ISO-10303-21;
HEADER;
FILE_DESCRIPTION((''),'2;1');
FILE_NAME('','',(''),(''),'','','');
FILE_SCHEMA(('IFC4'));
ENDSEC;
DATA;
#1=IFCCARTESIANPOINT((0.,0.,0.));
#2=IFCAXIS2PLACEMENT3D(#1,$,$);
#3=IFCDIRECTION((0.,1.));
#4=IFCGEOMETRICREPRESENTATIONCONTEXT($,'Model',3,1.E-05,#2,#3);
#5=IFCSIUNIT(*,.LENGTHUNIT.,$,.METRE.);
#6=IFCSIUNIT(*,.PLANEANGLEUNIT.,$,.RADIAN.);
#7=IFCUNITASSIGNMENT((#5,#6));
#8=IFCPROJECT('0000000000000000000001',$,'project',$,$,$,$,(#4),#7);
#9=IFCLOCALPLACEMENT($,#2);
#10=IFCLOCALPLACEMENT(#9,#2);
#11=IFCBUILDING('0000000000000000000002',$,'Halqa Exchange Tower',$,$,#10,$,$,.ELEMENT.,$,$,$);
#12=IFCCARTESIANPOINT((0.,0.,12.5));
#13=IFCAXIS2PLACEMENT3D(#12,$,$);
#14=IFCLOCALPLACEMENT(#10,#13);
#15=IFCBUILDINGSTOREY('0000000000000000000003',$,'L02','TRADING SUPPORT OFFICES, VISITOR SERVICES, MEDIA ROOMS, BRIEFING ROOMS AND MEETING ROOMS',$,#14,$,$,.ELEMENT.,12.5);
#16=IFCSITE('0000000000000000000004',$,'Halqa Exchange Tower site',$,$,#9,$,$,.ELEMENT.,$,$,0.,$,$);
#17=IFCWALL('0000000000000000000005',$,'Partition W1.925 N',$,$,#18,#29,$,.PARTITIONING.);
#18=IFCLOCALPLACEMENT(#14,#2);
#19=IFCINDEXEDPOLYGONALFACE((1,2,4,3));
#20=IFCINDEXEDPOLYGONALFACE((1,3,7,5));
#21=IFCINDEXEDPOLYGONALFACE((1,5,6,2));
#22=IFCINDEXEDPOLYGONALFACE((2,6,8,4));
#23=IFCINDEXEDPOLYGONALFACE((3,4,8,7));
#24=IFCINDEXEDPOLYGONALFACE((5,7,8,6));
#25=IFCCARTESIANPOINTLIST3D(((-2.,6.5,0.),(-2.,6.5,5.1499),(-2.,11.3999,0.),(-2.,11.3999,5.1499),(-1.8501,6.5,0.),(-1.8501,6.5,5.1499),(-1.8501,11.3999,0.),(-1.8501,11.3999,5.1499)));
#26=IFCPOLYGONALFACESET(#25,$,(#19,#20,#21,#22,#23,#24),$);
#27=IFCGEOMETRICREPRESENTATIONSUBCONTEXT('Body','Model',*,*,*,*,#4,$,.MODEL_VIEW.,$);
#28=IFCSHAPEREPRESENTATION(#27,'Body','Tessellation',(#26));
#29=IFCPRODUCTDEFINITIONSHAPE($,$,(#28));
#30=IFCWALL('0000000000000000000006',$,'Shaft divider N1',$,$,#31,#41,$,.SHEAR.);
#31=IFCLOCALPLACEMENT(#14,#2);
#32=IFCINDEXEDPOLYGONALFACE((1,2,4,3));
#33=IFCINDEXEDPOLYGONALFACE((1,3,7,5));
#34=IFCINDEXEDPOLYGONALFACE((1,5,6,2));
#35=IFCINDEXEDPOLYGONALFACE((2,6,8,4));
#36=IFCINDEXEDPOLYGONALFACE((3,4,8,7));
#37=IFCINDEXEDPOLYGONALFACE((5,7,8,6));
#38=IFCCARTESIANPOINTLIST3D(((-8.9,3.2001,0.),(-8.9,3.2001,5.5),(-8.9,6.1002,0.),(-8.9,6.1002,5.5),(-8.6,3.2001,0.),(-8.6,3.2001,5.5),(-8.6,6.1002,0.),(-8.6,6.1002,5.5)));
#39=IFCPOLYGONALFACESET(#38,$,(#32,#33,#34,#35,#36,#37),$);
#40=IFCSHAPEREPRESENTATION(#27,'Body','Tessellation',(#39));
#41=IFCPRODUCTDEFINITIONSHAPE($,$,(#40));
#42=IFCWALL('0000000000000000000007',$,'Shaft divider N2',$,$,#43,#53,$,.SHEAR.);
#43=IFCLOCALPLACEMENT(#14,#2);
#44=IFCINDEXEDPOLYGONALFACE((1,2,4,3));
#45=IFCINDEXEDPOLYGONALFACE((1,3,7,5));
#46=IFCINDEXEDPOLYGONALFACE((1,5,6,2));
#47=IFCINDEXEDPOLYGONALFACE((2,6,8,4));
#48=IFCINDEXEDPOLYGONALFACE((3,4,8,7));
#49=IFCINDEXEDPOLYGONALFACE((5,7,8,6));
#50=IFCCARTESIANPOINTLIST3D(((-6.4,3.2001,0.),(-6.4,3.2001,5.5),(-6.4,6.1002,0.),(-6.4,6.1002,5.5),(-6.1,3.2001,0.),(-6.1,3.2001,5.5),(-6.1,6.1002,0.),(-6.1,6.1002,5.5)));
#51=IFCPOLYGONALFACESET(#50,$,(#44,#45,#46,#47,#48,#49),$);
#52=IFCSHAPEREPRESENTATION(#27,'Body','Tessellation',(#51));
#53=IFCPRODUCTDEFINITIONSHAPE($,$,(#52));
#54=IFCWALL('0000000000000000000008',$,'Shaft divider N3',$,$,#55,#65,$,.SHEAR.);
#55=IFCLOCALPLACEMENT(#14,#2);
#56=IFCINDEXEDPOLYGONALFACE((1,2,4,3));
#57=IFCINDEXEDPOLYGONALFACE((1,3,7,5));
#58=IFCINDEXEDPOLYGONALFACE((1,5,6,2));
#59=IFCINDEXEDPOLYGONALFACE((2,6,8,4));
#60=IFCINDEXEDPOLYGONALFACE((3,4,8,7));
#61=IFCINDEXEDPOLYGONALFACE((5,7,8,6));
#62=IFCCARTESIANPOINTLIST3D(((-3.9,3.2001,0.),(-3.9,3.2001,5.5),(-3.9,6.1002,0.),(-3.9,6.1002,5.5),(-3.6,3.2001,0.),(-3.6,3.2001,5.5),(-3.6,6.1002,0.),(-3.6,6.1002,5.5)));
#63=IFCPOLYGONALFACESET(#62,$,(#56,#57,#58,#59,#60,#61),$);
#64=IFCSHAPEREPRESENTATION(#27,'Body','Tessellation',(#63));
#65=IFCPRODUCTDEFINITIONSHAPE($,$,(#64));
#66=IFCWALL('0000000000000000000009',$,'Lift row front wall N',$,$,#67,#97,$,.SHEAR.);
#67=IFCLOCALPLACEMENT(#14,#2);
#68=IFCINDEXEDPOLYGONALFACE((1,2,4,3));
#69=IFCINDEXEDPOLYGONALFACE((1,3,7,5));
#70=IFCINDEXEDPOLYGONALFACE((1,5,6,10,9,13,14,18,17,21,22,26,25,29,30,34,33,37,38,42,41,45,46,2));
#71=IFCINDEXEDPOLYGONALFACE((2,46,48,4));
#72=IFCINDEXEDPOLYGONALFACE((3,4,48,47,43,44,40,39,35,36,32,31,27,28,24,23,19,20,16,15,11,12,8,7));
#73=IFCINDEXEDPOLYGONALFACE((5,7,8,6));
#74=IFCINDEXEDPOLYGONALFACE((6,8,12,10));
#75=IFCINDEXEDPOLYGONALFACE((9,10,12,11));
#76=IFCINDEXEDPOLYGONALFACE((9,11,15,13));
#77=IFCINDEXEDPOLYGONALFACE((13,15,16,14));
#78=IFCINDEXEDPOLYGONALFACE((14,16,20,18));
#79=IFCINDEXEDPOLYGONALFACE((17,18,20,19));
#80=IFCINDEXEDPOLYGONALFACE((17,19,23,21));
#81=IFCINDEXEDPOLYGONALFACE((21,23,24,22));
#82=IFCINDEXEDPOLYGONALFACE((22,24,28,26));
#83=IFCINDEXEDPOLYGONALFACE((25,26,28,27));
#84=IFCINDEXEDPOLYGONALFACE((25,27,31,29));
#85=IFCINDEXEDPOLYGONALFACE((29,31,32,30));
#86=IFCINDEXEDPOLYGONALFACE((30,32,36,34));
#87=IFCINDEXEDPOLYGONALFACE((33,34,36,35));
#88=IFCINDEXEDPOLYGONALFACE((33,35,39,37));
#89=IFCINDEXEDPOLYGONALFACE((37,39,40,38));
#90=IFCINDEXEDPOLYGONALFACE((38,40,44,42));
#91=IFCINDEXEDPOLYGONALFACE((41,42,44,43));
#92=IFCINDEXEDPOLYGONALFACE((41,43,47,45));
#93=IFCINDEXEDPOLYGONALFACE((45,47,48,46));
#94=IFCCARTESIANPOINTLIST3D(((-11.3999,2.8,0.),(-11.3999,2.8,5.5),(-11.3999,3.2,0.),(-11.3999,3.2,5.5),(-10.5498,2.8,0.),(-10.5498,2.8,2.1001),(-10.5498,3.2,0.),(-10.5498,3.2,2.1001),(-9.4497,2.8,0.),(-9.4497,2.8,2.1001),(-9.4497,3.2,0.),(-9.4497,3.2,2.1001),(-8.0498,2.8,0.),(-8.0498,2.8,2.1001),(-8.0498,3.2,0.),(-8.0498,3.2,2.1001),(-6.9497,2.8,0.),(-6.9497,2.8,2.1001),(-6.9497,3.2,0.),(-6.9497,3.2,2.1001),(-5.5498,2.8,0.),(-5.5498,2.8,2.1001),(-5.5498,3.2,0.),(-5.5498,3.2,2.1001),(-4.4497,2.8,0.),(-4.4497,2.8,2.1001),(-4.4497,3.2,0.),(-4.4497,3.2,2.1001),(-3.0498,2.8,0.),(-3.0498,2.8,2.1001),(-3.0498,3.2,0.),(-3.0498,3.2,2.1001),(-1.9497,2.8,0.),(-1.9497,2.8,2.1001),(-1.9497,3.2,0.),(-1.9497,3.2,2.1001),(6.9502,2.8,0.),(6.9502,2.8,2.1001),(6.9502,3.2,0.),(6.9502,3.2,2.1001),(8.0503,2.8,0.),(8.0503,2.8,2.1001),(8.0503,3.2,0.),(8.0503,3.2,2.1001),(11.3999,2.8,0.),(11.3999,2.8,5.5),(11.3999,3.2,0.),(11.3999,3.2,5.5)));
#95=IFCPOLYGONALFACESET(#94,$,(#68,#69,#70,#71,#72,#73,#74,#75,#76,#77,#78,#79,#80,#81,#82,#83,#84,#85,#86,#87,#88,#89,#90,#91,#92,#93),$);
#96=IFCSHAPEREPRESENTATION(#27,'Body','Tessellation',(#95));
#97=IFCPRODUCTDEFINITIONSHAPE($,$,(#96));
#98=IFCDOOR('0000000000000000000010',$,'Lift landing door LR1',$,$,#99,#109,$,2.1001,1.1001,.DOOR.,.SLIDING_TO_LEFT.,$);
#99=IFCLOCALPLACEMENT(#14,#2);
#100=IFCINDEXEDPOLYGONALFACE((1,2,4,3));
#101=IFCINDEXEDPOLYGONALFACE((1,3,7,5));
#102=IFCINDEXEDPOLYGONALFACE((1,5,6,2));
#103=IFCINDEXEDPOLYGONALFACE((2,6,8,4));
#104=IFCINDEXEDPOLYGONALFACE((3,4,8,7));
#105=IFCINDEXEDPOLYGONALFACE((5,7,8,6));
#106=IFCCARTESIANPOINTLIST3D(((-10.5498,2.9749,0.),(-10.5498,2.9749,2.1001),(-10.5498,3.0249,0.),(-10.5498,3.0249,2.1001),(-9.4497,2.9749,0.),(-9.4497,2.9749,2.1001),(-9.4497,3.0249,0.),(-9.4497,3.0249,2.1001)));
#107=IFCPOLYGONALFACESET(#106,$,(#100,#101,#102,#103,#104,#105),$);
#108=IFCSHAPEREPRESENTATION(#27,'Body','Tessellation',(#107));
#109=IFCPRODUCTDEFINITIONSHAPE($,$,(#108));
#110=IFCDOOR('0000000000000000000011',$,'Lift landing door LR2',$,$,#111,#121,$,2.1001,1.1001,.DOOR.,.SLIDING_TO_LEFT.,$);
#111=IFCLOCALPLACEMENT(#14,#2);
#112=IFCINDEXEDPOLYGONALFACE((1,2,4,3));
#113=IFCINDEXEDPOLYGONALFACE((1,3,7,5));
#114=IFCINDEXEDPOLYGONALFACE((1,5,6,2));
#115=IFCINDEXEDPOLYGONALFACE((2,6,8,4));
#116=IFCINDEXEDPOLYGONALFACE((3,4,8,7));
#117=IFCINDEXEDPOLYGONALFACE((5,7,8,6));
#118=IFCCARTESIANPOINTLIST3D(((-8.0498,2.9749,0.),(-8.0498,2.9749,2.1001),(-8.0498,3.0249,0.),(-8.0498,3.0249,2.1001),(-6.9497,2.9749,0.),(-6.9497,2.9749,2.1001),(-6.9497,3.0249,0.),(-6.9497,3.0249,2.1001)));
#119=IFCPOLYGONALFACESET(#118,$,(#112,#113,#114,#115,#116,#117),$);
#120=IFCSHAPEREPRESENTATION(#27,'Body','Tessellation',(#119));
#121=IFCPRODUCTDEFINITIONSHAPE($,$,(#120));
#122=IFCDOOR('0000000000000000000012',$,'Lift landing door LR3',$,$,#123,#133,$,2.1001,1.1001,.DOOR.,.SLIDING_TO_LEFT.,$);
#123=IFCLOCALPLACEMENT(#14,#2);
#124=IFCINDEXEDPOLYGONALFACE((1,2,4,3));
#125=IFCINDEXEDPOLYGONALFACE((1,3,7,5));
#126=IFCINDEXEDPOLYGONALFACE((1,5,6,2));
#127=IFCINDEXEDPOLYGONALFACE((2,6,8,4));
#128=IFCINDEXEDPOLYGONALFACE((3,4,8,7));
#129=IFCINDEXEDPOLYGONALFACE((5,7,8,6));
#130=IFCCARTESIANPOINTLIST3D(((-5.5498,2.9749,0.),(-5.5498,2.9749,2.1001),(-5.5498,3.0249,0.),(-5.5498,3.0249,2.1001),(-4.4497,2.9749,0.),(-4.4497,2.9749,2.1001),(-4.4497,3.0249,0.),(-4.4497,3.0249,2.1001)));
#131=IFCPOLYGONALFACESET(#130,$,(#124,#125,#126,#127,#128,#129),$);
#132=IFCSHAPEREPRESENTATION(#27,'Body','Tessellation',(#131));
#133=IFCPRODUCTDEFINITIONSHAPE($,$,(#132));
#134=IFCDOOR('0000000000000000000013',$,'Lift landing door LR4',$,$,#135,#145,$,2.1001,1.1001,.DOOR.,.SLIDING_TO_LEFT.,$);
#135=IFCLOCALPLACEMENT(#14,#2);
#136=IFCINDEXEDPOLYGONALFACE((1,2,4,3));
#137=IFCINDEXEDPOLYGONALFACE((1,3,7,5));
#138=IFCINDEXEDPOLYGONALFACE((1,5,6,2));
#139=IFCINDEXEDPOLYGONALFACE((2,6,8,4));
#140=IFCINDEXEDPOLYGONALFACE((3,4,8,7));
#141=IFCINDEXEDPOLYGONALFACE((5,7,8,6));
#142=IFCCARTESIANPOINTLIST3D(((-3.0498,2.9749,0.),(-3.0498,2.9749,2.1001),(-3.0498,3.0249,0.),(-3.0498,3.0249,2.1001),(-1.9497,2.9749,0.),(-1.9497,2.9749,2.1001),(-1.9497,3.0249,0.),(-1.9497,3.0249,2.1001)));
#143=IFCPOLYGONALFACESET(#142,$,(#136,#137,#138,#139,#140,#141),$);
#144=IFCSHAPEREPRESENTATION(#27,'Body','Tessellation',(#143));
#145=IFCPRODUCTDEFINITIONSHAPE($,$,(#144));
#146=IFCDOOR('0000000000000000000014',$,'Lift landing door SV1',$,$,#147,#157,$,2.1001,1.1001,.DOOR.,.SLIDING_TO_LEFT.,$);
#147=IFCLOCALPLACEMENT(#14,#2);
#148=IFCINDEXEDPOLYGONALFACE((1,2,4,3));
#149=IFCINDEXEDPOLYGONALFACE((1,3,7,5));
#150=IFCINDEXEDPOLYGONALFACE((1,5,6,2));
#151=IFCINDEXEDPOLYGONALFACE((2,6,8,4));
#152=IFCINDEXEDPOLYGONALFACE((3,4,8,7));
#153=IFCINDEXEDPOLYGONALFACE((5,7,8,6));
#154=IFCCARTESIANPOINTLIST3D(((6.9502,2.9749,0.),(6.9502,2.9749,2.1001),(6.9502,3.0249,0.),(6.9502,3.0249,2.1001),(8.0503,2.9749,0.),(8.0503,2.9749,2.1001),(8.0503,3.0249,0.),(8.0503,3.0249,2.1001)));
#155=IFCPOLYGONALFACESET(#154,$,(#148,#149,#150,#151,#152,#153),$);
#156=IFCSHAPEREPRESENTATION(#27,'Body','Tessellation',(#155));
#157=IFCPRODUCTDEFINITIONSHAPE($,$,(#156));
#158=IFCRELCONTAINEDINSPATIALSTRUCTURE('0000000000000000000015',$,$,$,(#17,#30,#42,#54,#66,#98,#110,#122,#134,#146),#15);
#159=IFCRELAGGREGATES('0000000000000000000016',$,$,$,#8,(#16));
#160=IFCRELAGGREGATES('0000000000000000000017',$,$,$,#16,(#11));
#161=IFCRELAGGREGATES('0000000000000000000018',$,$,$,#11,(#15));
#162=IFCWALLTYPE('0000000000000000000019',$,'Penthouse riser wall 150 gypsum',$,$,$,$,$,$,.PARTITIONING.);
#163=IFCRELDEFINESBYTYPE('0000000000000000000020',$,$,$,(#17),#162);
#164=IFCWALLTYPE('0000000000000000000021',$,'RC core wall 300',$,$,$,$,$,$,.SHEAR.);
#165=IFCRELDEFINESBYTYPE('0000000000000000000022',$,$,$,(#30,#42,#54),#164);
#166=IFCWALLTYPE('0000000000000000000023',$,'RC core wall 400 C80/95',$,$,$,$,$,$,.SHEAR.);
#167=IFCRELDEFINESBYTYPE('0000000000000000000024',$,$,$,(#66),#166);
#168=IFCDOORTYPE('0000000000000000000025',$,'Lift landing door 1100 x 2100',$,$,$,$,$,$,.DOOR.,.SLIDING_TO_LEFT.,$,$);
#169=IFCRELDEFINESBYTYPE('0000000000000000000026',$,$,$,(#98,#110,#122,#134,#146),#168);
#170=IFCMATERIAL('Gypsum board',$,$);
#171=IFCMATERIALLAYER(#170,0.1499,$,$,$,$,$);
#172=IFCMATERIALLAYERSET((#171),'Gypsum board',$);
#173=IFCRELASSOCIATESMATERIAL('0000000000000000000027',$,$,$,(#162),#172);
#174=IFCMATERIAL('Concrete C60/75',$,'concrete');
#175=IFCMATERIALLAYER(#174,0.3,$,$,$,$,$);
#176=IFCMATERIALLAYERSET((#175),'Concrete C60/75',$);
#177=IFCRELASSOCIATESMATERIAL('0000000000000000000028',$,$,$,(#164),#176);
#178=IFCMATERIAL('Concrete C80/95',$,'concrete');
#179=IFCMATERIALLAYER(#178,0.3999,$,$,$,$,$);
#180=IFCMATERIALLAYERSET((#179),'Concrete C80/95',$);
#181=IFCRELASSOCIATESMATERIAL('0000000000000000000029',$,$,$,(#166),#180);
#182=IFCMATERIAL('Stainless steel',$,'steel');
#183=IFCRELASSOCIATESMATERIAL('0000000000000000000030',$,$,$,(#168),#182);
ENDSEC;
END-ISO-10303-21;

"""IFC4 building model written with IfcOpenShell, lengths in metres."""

from ifc_helpers import new_model, si_unit, direction, frame, frame_2d, origin, place, context, subcontext, project, spatial, rectangle, extrude, material, layer, layer_set, type_object, element, fill, save


model = new_model("IFC4")

# Units and contexts
model_context = context("Model", 3, precision=1e-05, world=origin(), true_north=direction((0.0, 1.0)))
body_context = subcontext(model_context, "Body", "Model", "MODEL_VIEW")
ifc_project = project(units=[si_unit("LENGTHUNIT", "METRE"), si_unit("PLANEANGLEUNIT", "RADIAN")], contexts=[model_context])

# Site, building, storey
site_placement = place(None, origin())
site = spatial("IfcSite", under=ifc_project, at=site_placement, Name="Halqa Exchange Tower site", CompositionType="ELEMENT", RefElevation=0.0)
building_placement = place(site_placement, origin())
building = spatial("IfcBuilding", under=site, at=building_placement, Name="Halqa Exchange Tower", CompositionType="ELEMENT")
storey_placement = place(building_placement, frame((0.0, 0.0, 12.5)))
storey = spatial("IfcBuildingStorey", under=building, at=storey_placement, Name="L02", Description="TRADING SUPPORT OFFICES, VISITOR SERVICES, MEDIA ROOMS, BRIEFING ROOMS AND MEETING ROOMS", CompositionType="ELEMENT", Elevation=12.5)

# Walls
ifc_material_1 = material(Name="Gypsum board")
ifc_layer_1 = layer(ifc_material_1, 0.1499)
ifc_layer_set_1 = layer_set([ifc_layer_1], Name="Gypsum board")
wall_type_1 = type_object("IfcWallType", Name="Penthouse riser wall 150 gypsum", PredefinedType="PARTITIONING", material=ifc_layer_set_1)
wall_1_placement = place(storey_placement, frame((-1.925, 6.5, 0.0), z_axis=(0.0, 0.0, 1.0), x_axis=(0.0, 1.0, 0.0)))
element("IfcWall", 1, at=wall_1_placement, inside=storey, type_object=wall_type_1, Name="Partition W1.925 N", PredefinedType="PARTITIONING", context=body_context, shape_type="SweptSolid", body=[
    extrude(rectangle(XDim=4.8999, YDim=0.1499, at=frame_2d((2.45, 0.0))), origin(), (0.0, 0.0, 1.0), 5.1499),
])
ifc_material_2 = material(Name="Concrete C60/75", Category="concrete")
ifc_layer_2 = layer(ifc_material_2, 0.3)
ifc_layer_set_2 = layer_set([ifc_layer_2], Name="Concrete C60/75")
wall_type_2 = type_object("IfcWallType", Name="RC core wall 300", PredefinedType="SHEAR", material=ifc_layer_set_2)
for number, where, z_axis, x_axis, name in (
    (2, (-8.75, 3.2, 0.0), (0.0, 0.0, 1.0), (0.0, 1.0, 0.0), "Shaft divider N1"),
    (3, (-6.25, 3.2, 0.0), (0.0, 0.0, 1.0), (0.0, 1.0, 0.0), "Shaft divider N2"),
    (4, (-3.75, 3.2, 0.0), (0.0, 0.0, 1.0), (0.0, 1.0, 0.0), "Shaft divider N3"),
):
    element("IfcWall", number, at=place(storey_placement, frame(where, z_axis=z_axis, x_axis=x_axis)), inside=storey, type_object=wall_type_2, Name=name, PredefinedType="SHEAR", context=body_context, shape_type="SweptSolid", body=[
        extrude(rectangle(XDim=2.9001, YDim=0.3, at=frame_2d((1.4502, 0.0))), origin(), (0.0, 0.0, 1.0), 5.5),
    ])

# Wall, openings, doors
ifc_material_3 = material(Name="Concrete C80/95", Category="concrete")
ifc_layer_3 = layer(ifc_material_3, 0.3999)
ifc_layer_set_3 = layer_set([ifc_layer_3], Name="Concrete C80/95")
wall_type_3 = type_object("IfcWallType", Name="RC core wall 400 C80/95", PredefinedType="SHEAR", material=ifc_layer_set_3)
wall_2_placement = place(storey_placement, frame((-11.3999, 3.0, 0.0), z_axis=(0.0, 0.0, 1.0), x_axis=(1.0, 0.0, 0.0)))
wall_2 = element("IfcWall", 5, at=wall_2_placement, inside=storey, type_object=wall_type_3, Name="Lift row front wall N", PredefinedType="SHEAR", context=body_context, shape_type="SweptSolid", body=[
    extrude(rectangle(XDim=22.7998, YDim=0.3999, at=frame_2d((11.3999, 0.0))), origin(), (0.0, 0.0, 1.0), 5.5),
])
opening_1_placement = place(wall_2_placement, frame((0.8501, 0.0, 0.0)))
opening_1 = element("IfcOpeningElement", 6, at=opening_1_placement, cuts=wall_2, PredefinedType="OPENING", context=body_context, shape_type="SweptSolid", body=[
    extrude(rectangle(XDim=1.1001, YDim=2.1001, at=frame_2d((0.55, 1.05))), frame((0.0, 0.2119, 0.0), z_axis=(0.0, -1.0, 0.0), x_axis=(1.0, 0.0, 0.0)), (0.0, 0.0, 1.0), 0.4238),
])
opening_2_placement = place(wall_2_placement, frame((3.3501, 0.0, 0.0)))
opening_2 = element("IfcOpeningElement", 7, at=opening_2_placement, cuts=wall_2, PredefinedType="OPENING", context=body_context, shape_type="SweptSolid", body=[
    extrude(rectangle(XDim=1.1001, YDim=2.1001, at=frame_2d((0.55, 1.05))), frame((0.0, 0.2119, 0.0), z_axis=(0.0, -1.0, 0.0), x_axis=(1.0, 0.0, 0.0)), (0.0, 0.0, 1.0), 0.4238),
])
opening_3_placement = place(wall_2_placement, frame((5.8501, 0.0, 0.0)))
opening_3 = element("IfcOpeningElement", 8, at=opening_3_placement, cuts=wall_2, PredefinedType="OPENING", context=body_context, shape_type="SweptSolid", body=[
    extrude(rectangle(XDim=1.1001, YDim=2.1001, at=frame_2d((0.55, 1.05))), frame((0.0, 0.2119, 0.0), z_axis=(0.0, -1.0, 0.0), x_axis=(1.0, 0.0, 0.0)), (0.0, 0.0, 1.0), 0.4238),
])
opening_4_placement = place(wall_2_placement, frame((8.3501, 0.0, 0.0)))
opening_4 = element("IfcOpeningElement", 9, at=opening_4_placement, cuts=wall_2, PredefinedType="OPENING", context=body_context, shape_type="SweptSolid", body=[
    extrude(rectangle(XDim=1.1001, YDim=2.1001, at=frame_2d((0.55, 1.05))), frame((0.0, 0.2119, 0.0), z_axis=(0.0, -1.0, 0.0), x_axis=(1.0, 0.0, 0.0)), (0.0, 0.0, 1.0), 0.4238),
])
opening_5_placement = place(wall_2_placement, frame((18.3501, 0.0, 0.0)))
opening_5 = element("IfcOpeningElement", 10, at=opening_5_placement, cuts=wall_2, PredefinedType="OPENING", context=body_context, shape_type="SweptSolid", body=[
    extrude(rectangle(XDim=1.1001, YDim=2.1001, at=frame_2d((0.55, 1.05))), frame((0.0, 0.2119, 0.0), z_axis=(0.0, -1.0, 0.0), x_axis=(1.0, 0.0, 0.0)), (0.0, 0.0, 1.0), 0.4238),
])
ifc_material_4 = material(Name="Stainless steel", Category="steel")
door_type_1 = type_object("IfcDoorType", Name="Lift landing door 1100 x 2100", OperationType="SLIDING_TO_LEFT", PredefinedType="DOOR", material=ifc_material_4)
door_1_placement = place(opening_1_placement, origin())
door_1 = element("IfcDoor", 11, at=door_1_placement, inside=storey, type_object=door_type_1, Name="Lift landing door LR1", OperationType="SLIDING_TO_LEFT", OverallHeight=2.1001, OverallWidth=1.1001, PredefinedType="DOOR", context=body_context, shape_type="SweptSolid", body=[
    extrude(rectangle(XDim=1.1001, YDim=2.1001, at=frame_2d((0.55, 1.05))), frame((0.0, 0.0249, 0.0), z_axis=(0.0, -1.0, 0.0), x_axis=(1.0, 0.0, 0.0)), (0.0, 0.0, 1.0), 0.05),
])
fill(opening_1, door_1)
door_2_placement = place(opening_2_placement, origin())
door_2 = element("IfcDoor", 12, at=door_2_placement, inside=storey, type_object=door_type_1, Name="Lift landing door LR2", OperationType="SLIDING_TO_LEFT", OverallHeight=2.1001, OverallWidth=1.1001, PredefinedType="DOOR", context=body_context, shape_type="SweptSolid", body=[
    extrude(rectangle(XDim=1.1001, YDim=2.1001, at=frame_2d((0.55, 1.05))), frame((0.0, 0.0249, 0.0), z_axis=(0.0, -1.0, 0.0), x_axis=(1.0, 0.0, 0.0)), (0.0, 0.0, 1.0), 0.05),
])
fill(opening_2, door_2)
door_3_placement = place(opening_3_placement, origin())
door_3 = element("IfcDoor", 13, at=door_3_placement, inside=storey, type_object=door_type_1, Name="Lift landing door LR3", OperationType="SLIDING_TO_LEFT", OverallHeight=2.1001, OverallWidth=1.1001, PredefinedType="DOOR", context=body_context, shape_type="SweptSolid", body=[
    extrude(rectangle(XDim=1.1001, YDim=2.1001, at=frame_2d((0.55, 1.05))), frame((0.0, 0.0249, 0.0), z_axis=(0.0, -1.0, 0.0), x_axis=(1.0, 0.0, 0.0)), (0.0, 0.0, 1.0), 0.05),
])
fill(opening_3, door_3)
door_4_placement = place(opening_4_placement, origin())
door_4 = element("IfcDoor", 14, at=door_4_placement, inside=storey, type_object=door_type_1, Name="Lift landing door LR4", OperationType="SLIDING_TO_LEFT", OverallHeight=2.1001, OverallWidth=1.1001, PredefinedType="DOOR", context=body_context, shape_type="SweptSolid", body=[
    extrude(rectangle(XDim=1.1001, YDim=2.1001, at=frame_2d((0.55, 1.05))), frame((0.0, 0.0249, 0.0), z_axis=(0.0, -1.0, 0.0), x_axis=(1.0, 0.0, 0.0)), (0.0, 0.0, 1.0), 0.05),
])
fill(opening_4, door_4)
door_5_placement = place(opening_5_placement, origin())
door_5 = element("IfcDoor", 15, at=door_5_placement, inside=storey, type_object=door_type_1, Name="Lift landing door SV1", OperationType="SLIDING_TO_LEFT", OverallHeight=2.1001, OverallWidth=1.1001, PredefinedType="DOOR", context=body_context, shape_type="SweptSolid", body=[
    extrude(rectangle(XDim=1.1001, YDim=2.1001, at=frame_2d((0.55, 1.05))), frame((0.0, 0.0249, 0.0), z_axis=(0.0, -1.0, 0.0), x_axis=(1.0, 0.0, 0.0)), (0.0, 0.0, 1.0), 0.05),
])
fill(opening_5, door_5)

save(model, "model.ifc")
